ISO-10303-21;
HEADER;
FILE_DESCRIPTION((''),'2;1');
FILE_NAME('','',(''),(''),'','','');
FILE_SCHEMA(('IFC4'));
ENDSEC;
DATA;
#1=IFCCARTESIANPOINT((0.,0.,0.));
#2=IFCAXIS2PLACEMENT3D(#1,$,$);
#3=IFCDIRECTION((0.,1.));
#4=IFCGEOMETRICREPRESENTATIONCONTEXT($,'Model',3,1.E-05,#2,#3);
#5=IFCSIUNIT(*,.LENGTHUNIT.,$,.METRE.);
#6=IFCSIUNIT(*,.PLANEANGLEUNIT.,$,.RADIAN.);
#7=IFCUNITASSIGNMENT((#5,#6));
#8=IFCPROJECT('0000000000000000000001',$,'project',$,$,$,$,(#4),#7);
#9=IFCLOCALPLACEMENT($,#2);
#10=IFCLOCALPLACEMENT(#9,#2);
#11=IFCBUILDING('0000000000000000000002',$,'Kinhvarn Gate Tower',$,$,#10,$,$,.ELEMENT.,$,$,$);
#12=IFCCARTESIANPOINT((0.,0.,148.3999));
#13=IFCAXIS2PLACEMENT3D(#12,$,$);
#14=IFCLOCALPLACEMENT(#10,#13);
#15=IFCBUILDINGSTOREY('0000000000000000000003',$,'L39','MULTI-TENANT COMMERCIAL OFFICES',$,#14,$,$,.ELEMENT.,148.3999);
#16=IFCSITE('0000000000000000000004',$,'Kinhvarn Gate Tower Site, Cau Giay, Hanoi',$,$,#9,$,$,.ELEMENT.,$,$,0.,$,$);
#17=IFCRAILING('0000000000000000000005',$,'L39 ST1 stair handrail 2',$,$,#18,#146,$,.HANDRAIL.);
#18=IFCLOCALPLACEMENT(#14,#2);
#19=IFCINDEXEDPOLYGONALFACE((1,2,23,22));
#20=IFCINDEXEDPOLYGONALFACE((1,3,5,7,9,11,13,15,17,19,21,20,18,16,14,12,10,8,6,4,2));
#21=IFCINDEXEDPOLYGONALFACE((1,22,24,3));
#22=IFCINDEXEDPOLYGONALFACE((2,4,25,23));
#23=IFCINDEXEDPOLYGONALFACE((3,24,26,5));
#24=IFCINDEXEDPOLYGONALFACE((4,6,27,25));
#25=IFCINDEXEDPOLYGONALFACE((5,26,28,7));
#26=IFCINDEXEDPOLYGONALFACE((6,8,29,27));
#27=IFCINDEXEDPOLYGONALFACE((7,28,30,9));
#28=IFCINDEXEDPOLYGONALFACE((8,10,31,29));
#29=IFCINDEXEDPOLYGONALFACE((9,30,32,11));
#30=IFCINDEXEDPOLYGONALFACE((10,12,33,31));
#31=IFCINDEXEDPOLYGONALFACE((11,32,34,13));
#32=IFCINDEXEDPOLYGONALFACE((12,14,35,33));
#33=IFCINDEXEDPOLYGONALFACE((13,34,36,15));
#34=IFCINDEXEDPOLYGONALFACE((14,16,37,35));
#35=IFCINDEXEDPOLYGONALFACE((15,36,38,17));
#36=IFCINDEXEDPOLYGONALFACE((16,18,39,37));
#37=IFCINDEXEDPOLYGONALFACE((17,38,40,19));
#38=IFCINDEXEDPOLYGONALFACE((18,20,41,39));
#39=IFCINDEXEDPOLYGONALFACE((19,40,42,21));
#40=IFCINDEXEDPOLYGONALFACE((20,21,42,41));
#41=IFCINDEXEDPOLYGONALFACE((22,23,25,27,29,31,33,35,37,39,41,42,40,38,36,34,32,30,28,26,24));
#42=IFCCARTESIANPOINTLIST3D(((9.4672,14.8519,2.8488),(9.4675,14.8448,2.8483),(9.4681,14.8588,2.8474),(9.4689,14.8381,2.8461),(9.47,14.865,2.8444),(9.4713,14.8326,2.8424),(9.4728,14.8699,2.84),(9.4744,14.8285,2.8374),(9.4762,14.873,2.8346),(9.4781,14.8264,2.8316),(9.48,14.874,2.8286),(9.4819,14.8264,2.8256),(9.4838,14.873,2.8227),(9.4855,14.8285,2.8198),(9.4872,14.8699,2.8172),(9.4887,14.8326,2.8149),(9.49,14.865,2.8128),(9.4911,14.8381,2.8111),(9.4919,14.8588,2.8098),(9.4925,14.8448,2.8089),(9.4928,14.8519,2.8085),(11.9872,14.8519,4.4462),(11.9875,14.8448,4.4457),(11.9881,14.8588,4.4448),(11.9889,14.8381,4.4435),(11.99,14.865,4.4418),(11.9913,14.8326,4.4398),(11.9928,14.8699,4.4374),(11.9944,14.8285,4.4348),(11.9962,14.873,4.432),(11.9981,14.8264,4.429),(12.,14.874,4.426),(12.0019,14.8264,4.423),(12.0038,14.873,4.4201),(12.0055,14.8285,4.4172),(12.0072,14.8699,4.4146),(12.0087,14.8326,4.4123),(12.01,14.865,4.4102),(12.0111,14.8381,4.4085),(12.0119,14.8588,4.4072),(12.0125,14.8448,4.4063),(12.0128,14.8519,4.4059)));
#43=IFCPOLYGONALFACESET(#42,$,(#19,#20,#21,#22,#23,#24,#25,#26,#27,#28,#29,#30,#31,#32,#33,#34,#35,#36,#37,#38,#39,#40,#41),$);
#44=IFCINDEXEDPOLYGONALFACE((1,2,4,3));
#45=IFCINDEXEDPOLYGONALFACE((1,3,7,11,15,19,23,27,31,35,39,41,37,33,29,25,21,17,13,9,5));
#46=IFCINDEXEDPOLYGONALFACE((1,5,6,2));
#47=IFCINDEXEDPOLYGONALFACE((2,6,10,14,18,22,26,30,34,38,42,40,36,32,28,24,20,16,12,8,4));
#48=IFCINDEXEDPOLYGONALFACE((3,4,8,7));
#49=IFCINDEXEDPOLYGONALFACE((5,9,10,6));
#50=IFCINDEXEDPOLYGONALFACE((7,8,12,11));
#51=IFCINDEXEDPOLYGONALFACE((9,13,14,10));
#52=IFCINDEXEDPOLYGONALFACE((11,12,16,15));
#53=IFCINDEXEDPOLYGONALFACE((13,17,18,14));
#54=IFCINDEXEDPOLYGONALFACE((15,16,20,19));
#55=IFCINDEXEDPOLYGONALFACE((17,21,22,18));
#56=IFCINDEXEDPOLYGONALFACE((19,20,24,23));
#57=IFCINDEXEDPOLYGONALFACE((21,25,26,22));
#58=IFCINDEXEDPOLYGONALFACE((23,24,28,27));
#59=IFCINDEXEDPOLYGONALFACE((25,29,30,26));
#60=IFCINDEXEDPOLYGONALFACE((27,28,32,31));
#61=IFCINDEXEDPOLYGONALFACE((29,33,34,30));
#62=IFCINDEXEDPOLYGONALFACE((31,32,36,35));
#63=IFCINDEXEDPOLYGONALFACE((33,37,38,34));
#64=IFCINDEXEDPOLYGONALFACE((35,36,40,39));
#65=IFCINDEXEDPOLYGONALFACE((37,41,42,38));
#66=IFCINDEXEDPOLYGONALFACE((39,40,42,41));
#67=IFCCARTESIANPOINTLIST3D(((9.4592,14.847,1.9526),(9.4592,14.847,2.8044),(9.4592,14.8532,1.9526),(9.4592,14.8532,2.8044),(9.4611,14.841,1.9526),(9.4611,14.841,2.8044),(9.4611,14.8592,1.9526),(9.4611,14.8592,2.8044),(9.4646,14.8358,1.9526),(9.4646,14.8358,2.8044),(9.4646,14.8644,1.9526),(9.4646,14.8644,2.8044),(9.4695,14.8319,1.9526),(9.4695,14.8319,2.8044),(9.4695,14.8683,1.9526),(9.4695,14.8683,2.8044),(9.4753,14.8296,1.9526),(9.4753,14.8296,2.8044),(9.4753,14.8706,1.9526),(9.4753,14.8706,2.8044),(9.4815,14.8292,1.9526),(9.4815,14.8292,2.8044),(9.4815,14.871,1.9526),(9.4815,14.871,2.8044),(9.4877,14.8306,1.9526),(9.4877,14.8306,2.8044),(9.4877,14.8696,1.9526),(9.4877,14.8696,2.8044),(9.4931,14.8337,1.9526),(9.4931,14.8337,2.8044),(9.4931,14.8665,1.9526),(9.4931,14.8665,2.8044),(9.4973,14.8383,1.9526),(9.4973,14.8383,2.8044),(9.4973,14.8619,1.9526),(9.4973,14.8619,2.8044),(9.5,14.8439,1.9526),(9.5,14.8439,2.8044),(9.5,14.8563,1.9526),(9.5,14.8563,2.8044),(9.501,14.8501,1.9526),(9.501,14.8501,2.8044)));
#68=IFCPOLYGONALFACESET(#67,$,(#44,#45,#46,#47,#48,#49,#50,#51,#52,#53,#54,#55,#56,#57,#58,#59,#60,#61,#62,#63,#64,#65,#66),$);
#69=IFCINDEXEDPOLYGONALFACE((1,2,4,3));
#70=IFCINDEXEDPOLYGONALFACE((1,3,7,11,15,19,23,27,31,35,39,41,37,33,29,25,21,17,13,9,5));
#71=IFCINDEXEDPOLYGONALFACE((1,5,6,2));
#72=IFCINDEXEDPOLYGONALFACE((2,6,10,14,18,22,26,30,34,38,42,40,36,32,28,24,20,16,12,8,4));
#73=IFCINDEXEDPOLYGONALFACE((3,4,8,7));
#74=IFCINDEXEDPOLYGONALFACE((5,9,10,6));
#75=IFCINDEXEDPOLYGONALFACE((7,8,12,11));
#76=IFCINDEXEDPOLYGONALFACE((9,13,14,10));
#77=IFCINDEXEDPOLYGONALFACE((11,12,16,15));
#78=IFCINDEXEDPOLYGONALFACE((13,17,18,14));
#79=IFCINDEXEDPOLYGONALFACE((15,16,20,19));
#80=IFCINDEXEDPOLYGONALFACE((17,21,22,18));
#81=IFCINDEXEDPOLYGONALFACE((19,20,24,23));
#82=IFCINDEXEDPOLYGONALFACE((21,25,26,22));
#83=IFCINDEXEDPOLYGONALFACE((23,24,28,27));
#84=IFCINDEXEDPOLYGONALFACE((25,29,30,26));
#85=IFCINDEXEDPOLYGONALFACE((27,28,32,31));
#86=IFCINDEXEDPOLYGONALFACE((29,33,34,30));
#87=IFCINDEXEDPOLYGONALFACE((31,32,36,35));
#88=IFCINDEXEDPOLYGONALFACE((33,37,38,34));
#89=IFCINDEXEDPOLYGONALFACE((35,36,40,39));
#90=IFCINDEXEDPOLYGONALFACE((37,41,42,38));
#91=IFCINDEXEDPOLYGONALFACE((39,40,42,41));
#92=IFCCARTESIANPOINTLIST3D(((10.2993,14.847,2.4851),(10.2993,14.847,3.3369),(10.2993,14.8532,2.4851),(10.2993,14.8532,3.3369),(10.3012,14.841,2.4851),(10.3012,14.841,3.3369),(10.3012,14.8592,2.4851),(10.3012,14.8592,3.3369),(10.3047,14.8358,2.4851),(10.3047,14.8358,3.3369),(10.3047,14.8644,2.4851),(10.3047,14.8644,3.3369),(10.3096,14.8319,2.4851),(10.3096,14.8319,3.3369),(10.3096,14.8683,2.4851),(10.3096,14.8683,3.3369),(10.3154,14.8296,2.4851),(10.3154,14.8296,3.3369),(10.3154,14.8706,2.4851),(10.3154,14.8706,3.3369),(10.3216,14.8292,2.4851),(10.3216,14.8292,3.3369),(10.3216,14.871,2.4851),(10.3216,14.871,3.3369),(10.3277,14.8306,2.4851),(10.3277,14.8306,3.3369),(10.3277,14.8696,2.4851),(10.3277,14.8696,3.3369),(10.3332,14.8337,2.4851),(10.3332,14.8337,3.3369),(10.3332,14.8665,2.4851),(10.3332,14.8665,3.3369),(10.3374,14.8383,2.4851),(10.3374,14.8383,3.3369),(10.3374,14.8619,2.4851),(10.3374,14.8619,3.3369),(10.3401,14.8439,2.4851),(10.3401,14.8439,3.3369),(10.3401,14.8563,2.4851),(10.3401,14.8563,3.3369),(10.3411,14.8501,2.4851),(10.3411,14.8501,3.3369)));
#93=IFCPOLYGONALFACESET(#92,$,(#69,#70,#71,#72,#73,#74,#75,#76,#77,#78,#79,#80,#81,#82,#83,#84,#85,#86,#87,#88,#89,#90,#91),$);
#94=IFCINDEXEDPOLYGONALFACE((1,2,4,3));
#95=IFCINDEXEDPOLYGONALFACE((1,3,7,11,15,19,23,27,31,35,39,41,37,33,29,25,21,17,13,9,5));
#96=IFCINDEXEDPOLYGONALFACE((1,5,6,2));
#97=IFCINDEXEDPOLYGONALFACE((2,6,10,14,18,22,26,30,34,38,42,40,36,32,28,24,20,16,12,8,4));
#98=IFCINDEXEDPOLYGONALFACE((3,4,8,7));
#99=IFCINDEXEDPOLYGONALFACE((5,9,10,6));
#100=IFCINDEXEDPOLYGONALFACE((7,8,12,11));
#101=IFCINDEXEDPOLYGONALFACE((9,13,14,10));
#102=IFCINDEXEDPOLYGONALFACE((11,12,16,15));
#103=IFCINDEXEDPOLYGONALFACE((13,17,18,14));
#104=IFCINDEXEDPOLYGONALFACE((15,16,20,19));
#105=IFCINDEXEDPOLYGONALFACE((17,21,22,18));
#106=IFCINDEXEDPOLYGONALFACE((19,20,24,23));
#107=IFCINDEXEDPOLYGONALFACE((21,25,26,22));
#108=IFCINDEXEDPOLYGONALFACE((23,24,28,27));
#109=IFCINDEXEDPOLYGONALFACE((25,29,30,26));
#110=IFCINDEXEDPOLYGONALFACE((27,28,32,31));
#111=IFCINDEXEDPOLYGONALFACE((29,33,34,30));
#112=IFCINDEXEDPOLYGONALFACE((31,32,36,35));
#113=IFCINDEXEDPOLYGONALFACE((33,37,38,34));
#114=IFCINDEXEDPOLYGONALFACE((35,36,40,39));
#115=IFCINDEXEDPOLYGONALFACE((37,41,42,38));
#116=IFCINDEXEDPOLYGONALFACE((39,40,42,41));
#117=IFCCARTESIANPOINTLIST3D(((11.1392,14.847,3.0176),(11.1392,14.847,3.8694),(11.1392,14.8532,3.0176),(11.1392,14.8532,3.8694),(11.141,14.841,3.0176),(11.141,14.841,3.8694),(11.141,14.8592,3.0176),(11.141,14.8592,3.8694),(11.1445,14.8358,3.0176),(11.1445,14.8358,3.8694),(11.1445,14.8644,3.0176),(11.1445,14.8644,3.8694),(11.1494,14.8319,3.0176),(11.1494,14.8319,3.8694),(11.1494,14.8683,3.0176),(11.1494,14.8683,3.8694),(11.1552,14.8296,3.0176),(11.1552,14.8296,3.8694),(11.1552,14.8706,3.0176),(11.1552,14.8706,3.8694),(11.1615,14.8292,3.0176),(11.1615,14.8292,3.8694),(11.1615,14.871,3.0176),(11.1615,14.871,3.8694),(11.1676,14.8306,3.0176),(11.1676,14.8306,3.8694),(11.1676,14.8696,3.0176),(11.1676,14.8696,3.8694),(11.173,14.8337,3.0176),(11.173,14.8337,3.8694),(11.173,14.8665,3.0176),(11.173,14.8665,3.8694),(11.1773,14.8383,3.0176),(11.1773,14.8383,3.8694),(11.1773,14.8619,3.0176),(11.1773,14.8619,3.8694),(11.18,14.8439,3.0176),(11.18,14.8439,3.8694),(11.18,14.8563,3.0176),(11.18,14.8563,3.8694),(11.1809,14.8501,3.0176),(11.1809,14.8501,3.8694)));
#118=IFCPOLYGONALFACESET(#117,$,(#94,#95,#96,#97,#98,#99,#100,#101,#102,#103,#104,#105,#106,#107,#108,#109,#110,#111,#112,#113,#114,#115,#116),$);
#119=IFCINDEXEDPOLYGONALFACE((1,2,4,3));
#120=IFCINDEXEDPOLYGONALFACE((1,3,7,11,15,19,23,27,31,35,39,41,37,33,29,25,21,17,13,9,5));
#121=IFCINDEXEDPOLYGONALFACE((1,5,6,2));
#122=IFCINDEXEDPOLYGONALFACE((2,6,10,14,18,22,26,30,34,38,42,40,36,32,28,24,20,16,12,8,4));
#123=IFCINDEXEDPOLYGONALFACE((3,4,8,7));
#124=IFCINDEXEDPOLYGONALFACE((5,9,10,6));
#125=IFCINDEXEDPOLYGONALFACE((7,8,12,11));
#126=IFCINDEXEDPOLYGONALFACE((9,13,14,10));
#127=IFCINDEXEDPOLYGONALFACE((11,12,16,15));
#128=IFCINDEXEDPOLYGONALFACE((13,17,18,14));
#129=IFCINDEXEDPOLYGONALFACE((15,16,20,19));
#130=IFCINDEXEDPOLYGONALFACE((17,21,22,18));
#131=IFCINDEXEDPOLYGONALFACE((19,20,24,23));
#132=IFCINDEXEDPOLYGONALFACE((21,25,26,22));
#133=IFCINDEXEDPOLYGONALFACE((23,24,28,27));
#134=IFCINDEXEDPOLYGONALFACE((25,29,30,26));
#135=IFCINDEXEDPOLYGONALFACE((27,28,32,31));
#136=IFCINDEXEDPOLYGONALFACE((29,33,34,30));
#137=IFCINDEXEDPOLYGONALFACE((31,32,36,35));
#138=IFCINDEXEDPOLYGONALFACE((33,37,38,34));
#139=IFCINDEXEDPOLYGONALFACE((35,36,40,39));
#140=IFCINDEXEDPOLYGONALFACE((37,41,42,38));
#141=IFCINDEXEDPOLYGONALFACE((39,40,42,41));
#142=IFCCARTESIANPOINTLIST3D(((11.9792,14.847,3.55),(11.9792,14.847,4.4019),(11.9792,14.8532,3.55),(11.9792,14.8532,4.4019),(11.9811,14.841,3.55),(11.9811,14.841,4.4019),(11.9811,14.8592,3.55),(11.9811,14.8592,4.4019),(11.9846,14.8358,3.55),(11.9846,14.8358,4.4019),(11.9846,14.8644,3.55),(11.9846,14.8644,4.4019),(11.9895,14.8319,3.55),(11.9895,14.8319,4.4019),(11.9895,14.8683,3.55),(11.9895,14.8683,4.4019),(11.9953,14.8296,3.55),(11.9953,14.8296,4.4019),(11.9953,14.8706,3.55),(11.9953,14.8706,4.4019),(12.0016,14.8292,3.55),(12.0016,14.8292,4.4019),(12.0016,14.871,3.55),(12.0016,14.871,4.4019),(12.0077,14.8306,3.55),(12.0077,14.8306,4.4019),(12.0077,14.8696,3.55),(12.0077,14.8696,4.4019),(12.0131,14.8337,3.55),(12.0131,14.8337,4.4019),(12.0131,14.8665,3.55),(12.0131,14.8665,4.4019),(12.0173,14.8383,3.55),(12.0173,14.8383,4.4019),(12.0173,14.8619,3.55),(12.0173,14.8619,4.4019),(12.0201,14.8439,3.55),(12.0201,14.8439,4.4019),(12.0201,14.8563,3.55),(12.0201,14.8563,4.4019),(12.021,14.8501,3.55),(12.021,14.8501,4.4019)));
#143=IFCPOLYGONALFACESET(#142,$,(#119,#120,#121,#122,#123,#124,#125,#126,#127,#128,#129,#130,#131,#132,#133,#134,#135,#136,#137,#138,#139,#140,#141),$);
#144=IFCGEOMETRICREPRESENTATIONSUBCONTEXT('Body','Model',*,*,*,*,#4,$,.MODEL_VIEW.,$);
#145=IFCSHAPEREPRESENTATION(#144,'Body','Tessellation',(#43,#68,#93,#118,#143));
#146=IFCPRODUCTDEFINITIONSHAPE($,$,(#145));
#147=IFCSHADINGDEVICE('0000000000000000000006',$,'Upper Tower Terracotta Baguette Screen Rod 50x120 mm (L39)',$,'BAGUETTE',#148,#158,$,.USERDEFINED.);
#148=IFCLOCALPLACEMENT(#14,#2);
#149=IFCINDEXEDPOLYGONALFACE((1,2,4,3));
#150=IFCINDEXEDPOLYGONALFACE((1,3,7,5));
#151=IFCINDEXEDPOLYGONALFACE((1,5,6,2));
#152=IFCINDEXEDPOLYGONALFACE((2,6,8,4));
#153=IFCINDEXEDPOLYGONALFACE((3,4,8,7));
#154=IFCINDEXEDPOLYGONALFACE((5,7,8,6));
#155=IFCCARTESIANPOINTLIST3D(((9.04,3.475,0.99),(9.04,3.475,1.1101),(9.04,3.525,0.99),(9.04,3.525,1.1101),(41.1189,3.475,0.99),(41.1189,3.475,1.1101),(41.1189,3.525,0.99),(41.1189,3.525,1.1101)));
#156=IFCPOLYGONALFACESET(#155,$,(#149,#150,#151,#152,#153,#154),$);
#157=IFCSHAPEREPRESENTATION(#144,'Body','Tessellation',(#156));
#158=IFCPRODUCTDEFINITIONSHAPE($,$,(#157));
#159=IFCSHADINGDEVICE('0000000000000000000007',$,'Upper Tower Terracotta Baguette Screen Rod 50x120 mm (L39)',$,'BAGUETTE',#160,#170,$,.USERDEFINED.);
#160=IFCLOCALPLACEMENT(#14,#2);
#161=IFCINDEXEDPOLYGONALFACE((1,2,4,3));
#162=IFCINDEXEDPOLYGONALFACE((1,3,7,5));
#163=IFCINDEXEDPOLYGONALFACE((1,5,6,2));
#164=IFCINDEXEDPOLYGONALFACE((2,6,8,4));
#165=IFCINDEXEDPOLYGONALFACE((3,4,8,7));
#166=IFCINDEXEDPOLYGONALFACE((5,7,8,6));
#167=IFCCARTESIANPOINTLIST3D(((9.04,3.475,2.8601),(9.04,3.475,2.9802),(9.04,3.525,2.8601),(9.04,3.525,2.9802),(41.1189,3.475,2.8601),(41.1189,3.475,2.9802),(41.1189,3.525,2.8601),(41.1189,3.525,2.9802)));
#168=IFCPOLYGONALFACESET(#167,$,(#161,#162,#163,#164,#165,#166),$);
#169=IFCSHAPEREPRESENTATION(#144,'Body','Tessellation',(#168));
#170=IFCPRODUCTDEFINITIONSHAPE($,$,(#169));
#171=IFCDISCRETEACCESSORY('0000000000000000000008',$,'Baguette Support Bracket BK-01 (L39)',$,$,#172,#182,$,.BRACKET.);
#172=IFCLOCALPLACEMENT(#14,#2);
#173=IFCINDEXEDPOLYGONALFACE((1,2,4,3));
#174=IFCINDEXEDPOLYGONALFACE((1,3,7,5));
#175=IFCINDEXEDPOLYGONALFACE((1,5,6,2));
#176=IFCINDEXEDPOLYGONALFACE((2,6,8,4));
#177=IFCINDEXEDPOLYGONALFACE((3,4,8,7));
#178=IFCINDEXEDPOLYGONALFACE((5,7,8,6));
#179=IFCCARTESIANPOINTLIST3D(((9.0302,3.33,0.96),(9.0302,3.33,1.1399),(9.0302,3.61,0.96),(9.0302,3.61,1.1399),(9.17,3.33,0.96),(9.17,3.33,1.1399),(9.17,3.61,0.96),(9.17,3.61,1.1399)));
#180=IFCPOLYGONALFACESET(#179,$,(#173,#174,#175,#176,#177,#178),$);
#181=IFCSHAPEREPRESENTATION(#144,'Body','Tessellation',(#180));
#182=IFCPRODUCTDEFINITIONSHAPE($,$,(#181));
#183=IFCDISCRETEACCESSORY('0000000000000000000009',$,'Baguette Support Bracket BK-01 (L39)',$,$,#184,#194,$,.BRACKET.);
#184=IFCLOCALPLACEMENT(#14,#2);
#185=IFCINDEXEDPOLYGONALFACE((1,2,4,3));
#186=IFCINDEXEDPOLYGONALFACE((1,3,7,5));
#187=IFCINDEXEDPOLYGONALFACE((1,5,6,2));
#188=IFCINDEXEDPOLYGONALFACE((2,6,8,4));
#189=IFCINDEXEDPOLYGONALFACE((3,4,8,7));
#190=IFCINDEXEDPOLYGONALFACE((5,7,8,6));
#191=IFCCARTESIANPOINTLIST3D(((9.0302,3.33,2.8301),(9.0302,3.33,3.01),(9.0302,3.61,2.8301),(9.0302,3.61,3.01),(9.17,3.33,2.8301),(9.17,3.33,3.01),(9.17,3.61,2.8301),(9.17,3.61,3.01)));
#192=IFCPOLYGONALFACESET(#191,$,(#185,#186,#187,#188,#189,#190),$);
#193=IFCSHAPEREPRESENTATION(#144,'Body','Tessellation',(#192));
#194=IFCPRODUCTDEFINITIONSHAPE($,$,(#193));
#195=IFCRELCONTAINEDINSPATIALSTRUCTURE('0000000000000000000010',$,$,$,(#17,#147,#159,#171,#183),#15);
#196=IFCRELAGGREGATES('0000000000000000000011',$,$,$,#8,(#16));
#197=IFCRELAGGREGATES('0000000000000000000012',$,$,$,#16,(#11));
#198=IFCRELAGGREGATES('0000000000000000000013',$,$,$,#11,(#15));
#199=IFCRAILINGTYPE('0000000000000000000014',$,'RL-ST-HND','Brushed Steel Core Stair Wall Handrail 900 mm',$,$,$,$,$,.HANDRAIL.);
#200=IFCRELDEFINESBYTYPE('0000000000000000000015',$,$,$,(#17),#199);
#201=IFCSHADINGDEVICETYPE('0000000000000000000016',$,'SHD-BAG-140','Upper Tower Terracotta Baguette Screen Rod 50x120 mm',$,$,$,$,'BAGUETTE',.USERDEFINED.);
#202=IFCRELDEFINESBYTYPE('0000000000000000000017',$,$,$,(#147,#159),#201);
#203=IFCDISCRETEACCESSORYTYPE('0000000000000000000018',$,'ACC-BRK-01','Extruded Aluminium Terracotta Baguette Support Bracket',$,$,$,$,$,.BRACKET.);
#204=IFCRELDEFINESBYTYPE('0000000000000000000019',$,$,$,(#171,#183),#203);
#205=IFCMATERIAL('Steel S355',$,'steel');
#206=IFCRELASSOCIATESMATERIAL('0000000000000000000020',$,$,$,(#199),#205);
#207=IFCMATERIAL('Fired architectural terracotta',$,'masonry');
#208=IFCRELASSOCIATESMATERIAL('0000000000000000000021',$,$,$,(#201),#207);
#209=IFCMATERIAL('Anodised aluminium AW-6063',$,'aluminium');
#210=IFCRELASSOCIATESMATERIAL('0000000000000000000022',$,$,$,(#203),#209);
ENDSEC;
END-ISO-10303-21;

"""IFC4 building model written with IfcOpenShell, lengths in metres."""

from ifc_helpers import new_model, si_unit, direction, frame, origin, origin_2d, place, context, subcontext, project, spatial, rectangle, circle, extrude, material, material_profile, profile_set, type_object, element, save


model = new_model("IFC4")

# Units and contexts
model_context = context("Model", 3, precision=1e-05, world=origin(), true_north=direction((0.0, 1.0)))
body_context = subcontext(model_context, "Body", "Model", "MODEL_VIEW")
ifc_project = project(units=[si_unit("LENGTHUNIT", "METRE"), si_unit("PLANEANGLEUNIT", "RADIAN")], contexts=[model_context])

# Site, building, storey
site_placement = place(None, origin())
site = spatial("IfcSite", under=ifc_project, at=site_placement, Name="Kinhvarn Gate Tower Site, Cau Giay, Hanoi", CompositionType="ELEMENT", RefElevation=0.0)
building_placement = place(site_placement, origin())
building = spatial("IfcBuilding", under=site, at=building_placement, Name="Kinhvarn Gate Tower", CompositionType="ELEMENT")
storey_placement = place(building_placement, frame((0.0, 0.0, 148.3999)))
storey = spatial("IfcBuildingStorey", under=building, at=storey_placement, Name="L39", Description="MULTI-TENANT COMMERCIAL OFFICES", CompositionType="ELEMENT", Elevation=148.3999)

# Shared definitions
ifc_material_1 = material(Name="Anodised aluminium AW-6063", Category="aluminium")

# Shared definitions
ifc_material_2 = material(Name="Steel S355", Category="steel")

# Shared definitions
ifc_material_3 = material(Name="Fired architectural terracotta", Category="masonry")

# Railing
railing_type_1 = type_object("IfcRailingType", Name="RL-ST-HND", Description="Brushed Steel Core Stair Wall Handrail 900 mm", PredefinedType="HANDRAIL", material=ifc_material_2)
railing_1_placement = place(storey_placement, frame((9.48, 14.8501, 1.9526)))
element("IfcRailing", 1, at=railing_1_placement, inside=storey, type_object=railing_type_1, Name="L39 ST1 stair handrail 2", PredefinedType="HANDRAIL", context=body_context, shape_type="SweptSolid", body=[
    extrude(circle(Radius=0.0239, at=origin_2d()), frame((0.0, 0.0, 0.876), z_axis=(0.844607, 0.0, 0.535387), x_axis=(0.0, 1.0, 0.0)), (0.0, 0.0, 1.0), 2.9836),
    extrude(circle(Radius=0.021, at=origin_2d()), origin(), (0.0, 0.0, 1.0), 0.8518),
    extrude(circle(Radius=0.021, at=origin_2d()), frame((0.8401, 0.0, 0.5325)), (0.0, 0.0, 1.0), 0.8518),
    extrude(circle(Radius=0.021, at=origin_2d()), frame((1.6799, 0.0, 1.0649)), (0.0, 0.0, 1.0), 0.8518),
    extrude(circle(Radius=0.021, at=origin_2d()), frame((2.52, 0.0, 1.5974)), (0.0, 0.0, 1.0), 0.8518),
])

# Shading devices
ifc_material_profile_1 = material_profile(ifc_material_3, rectangle(XDim=0.05, YDim=0.1201, at=origin_2d()), Name="TC 50x120")
ifc_profile_set_1 = profile_set([ifc_material_profile_1], Name="Fired architectural terracotta")
shading_device_type = type_object("IfcShadingDeviceType", Name="SHD-BAG-140", Description="Upper Tower Terracotta Baguette Screen Rod 50x120 mm", ElementType="BAGUETTE", PredefinedType="USERDEFINED", material=ifc_profile_set_1)
for number, where, z_axis, x_axis, name in (
    (2, (9.04, 3.5, 1.05), (1.0, 0.0, 0.0), (0.0, 1.0, 0.0), "Upper Tower Terracotta Baguette Screen Rod 50x120 mm (L39)"),
    (3, (9.04, 3.5, 2.9202), (1.0, 0.0, 0.0), (0.0, 1.0, 0.0), "Upper Tower Terracotta Baguette Screen Rod 50x120 mm (L39)"),
):
    element("IfcShadingDevice", number, at=place(storey_placement, frame(where, z_axis=z_axis, x_axis=x_axis)), inside=storey, type_object=shading_device_type, Name=name, ObjectType="BAGUETTE", PredefinedType="USERDEFINED", context=body_context, shape_type="SweptSolid", body=[
        extrude(rectangle(XDim=0.05, YDim=0.1201, at=origin_2d()), origin(), (0.0, 0.0, 1.0), 32.0789),
    ])

# Discrete accessories
discrete_accessory_type = type_object("IfcDiscreteAccessoryType", Name="ACC-BRK-01", Description="Extruded Aluminium Terracotta Baguette Support Bracket", PredefinedType="BRACKET", material=ifc_material_1)
for number, where, z_axis, x_axis, name in (
    (4, (9.1001, 3.47, 0.96), (0.0, 0.0, 1.0), (1.0, 0.0, 0.0), "Baguette Support Bracket BK-01 (L39)"),
    (5, (9.1001, 3.47, 2.8301), (0.0, 0.0, 1.0), (1.0, 0.0, 0.0), "Baguette Support Bracket BK-01 (L39)"),
):
    element("IfcDiscreteAccessory", number, at=place(storey_placement, frame(where, z_axis=z_axis, x_axis=x_axis)), inside=storey, type_object=discrete_accessory_type, Name=name, PredefinedType="BRACKET", context=body_context, shape_type="SweptSolid", body=[
        extrude(rectangle(XDim=0.1399, YDim=0.28, at=origin_2d()), origin(), (0.0, 0.0, 1.0), 0.1799),
    ])

save(model, "model.ifc")
